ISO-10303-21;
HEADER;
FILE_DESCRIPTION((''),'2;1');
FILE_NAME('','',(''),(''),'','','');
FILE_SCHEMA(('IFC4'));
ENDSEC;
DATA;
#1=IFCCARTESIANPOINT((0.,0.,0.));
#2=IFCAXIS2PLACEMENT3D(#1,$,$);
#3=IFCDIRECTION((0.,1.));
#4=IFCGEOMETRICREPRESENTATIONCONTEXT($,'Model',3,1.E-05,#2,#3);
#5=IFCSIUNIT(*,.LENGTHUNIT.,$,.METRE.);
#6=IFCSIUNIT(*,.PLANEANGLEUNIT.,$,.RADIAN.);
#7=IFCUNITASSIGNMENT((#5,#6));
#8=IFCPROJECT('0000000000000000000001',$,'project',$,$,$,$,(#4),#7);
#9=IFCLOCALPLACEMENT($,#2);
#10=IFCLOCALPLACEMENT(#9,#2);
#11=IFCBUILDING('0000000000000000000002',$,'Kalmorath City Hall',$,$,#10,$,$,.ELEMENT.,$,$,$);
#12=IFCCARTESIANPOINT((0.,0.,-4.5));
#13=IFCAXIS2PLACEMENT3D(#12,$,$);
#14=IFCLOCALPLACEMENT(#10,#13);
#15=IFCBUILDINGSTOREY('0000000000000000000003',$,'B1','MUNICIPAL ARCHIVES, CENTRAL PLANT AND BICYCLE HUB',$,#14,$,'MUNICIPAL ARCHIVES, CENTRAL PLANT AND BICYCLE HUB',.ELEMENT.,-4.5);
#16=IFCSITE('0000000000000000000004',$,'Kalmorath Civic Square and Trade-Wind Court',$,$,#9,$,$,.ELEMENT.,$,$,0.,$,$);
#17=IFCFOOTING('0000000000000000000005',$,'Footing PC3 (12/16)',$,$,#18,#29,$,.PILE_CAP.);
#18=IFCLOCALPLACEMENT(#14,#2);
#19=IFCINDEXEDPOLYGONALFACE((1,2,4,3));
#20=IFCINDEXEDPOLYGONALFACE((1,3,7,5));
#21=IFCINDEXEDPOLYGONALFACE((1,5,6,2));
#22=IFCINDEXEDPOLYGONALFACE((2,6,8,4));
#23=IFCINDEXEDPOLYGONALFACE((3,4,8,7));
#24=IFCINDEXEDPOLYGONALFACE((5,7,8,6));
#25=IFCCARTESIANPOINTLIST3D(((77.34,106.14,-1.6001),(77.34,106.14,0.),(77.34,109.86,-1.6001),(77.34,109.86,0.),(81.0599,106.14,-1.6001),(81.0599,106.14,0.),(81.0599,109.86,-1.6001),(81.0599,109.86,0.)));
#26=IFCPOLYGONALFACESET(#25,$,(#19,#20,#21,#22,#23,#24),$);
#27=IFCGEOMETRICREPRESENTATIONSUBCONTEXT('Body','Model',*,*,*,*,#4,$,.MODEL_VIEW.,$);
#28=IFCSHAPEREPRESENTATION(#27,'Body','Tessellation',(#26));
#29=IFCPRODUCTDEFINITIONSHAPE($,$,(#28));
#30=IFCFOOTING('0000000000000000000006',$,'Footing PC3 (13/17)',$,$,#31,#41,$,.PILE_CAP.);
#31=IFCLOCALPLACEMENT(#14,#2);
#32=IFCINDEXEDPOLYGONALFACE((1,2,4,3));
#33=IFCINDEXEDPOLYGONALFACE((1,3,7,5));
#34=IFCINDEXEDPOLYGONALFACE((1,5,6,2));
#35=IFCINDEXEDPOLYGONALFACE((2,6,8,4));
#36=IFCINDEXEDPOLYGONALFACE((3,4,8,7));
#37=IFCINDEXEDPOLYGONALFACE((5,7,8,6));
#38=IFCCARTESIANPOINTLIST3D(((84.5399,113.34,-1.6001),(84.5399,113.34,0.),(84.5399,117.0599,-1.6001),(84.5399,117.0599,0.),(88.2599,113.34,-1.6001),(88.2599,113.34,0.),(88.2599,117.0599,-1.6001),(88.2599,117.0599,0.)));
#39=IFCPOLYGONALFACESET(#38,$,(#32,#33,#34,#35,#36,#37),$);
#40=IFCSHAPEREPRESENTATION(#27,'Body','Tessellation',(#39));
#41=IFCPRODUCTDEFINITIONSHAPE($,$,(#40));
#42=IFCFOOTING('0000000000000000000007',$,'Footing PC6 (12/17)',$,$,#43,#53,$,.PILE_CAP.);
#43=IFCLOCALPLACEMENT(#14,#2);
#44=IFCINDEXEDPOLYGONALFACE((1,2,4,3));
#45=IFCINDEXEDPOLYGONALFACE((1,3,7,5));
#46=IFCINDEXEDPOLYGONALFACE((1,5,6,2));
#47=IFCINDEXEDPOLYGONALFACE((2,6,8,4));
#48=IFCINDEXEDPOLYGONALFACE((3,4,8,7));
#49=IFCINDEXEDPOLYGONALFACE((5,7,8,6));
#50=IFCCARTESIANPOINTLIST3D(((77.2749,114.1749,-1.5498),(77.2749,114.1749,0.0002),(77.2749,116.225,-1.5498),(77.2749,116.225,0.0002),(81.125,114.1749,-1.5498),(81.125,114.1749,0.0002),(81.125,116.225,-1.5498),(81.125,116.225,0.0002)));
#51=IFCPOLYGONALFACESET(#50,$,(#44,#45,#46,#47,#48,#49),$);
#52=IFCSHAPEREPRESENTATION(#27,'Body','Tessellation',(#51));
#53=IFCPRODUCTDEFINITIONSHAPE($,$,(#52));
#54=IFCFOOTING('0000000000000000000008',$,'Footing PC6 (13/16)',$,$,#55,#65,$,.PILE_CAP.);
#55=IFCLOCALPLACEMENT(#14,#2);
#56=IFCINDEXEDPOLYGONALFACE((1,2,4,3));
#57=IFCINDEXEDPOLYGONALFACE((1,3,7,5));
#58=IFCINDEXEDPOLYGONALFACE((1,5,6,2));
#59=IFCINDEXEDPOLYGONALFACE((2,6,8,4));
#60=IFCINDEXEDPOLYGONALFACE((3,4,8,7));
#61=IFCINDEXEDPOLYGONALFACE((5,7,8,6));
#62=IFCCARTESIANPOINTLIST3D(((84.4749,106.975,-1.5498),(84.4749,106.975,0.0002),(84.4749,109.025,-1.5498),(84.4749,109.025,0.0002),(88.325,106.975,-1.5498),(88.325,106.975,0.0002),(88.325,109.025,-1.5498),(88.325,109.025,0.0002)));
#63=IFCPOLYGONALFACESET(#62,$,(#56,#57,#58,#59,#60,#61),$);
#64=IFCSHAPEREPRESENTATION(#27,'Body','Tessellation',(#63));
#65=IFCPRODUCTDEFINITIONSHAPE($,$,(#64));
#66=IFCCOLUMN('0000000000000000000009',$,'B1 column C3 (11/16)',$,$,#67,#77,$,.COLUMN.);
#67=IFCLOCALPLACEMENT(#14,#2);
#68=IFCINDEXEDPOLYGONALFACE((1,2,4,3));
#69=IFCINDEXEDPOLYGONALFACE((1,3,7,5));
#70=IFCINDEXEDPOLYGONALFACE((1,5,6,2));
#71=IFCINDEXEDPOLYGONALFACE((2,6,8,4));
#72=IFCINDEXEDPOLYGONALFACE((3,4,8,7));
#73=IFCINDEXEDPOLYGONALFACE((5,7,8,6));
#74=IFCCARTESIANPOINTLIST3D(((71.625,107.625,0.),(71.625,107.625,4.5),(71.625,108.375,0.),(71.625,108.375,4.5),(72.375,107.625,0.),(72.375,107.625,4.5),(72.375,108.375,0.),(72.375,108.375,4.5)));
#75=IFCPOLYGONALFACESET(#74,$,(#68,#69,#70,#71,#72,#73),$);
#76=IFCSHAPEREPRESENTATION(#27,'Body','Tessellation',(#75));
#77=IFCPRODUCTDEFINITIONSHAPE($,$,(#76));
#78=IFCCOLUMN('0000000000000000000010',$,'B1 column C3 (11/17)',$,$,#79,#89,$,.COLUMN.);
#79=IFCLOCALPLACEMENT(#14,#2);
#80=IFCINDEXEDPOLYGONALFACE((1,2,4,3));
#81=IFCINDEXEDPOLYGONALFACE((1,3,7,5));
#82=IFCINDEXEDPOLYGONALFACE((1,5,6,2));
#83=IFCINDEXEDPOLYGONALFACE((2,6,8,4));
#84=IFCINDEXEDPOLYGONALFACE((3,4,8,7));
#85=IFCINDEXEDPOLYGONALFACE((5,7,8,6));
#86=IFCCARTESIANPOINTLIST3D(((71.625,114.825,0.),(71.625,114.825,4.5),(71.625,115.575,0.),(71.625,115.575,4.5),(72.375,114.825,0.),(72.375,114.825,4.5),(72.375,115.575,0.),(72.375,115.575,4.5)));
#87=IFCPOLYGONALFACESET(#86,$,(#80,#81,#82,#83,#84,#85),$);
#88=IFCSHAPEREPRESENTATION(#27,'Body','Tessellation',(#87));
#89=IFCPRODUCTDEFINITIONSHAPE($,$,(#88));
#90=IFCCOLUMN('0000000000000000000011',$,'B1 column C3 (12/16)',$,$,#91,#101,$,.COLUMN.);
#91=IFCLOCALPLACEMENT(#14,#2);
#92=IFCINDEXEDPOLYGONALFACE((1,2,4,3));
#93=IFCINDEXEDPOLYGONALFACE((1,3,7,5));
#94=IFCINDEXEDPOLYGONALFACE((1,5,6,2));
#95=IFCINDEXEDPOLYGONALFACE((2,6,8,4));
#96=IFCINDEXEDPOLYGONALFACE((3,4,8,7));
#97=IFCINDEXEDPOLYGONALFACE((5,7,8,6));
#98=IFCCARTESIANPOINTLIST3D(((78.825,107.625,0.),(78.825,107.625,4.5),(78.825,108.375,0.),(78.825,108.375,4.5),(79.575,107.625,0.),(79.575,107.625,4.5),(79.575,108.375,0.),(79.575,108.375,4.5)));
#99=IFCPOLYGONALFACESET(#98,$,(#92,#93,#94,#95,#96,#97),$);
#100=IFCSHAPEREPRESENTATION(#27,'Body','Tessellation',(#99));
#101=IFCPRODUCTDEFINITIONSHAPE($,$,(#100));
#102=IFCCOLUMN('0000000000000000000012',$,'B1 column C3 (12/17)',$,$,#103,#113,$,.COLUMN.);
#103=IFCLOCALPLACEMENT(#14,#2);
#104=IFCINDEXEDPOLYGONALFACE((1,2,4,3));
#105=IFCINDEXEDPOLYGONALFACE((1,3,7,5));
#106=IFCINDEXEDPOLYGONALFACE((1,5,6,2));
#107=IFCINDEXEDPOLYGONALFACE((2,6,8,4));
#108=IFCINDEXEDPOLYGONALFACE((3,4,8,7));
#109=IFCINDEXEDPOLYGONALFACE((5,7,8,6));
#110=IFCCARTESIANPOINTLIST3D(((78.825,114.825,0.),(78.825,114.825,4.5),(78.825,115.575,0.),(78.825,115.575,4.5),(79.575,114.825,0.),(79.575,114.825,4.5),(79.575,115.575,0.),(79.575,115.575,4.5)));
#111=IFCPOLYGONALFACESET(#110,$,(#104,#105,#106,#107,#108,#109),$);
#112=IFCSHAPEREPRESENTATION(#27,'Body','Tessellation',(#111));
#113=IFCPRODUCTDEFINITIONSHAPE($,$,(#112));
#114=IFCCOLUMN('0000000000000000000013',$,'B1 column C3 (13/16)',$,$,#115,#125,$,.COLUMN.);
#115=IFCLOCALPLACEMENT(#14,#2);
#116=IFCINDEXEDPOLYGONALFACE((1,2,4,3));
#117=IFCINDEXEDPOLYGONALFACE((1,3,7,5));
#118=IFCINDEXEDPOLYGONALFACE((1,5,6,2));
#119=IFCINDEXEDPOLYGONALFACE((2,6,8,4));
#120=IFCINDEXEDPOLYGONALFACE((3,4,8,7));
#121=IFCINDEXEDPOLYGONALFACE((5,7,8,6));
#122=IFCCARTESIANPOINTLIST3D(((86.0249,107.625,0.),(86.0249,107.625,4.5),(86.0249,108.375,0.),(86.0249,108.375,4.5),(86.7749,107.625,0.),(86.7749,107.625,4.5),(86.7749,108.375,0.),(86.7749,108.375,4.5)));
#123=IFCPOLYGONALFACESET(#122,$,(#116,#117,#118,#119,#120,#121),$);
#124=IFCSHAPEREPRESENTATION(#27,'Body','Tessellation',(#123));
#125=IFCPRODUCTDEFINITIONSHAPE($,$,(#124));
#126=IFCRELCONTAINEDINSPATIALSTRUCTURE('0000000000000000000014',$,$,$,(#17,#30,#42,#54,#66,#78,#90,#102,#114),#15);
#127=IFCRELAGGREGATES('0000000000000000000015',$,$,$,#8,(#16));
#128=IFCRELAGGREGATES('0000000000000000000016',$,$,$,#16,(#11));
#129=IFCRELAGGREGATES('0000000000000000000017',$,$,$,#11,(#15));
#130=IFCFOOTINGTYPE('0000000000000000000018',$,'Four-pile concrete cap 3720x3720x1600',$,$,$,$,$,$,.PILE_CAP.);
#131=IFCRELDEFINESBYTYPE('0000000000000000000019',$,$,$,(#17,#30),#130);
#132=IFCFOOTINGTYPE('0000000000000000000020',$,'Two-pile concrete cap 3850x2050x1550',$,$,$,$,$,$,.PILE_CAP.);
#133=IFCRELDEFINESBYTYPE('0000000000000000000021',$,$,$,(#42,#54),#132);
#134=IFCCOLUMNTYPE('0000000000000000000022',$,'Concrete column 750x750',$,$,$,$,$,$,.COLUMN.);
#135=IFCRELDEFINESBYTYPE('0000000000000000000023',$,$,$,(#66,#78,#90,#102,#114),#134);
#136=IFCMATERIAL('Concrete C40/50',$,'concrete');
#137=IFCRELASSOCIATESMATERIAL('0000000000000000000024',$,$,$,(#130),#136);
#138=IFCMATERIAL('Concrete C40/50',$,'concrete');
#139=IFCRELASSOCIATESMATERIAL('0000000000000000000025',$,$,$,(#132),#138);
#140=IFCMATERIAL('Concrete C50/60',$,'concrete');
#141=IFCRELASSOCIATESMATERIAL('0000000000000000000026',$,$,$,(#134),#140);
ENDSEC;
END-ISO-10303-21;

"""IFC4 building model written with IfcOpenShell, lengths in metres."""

from ifc_helpers import new_model, si_unit, direction, frame, origin, origin_2d, place, context, subcontext, project, spatial, rectangle, extrude, material, material_profile, profile_set, type_object, element, save


model = new_model("IFC4")

# Units and contexts
model_context = context("Model", 3, precision=1e-05, world=origin(), true_north=direction((0.0, 1.0)))
body_context = subcontext(model_context, "Body", "Model", "MODEL_VIEW")
ifc_project = project(units=[si_unit("LENGTHUNIT", "METRE"), si_unit("PLANEANGLEUNIT", "RADIAN")], contexts=[model_context])

# Site, building, storey
site_placement = place(None, origin())
site = spatial("IfcSite", under=ifc_project, at=site_placement, Name="Kalmorath Civic Square and Trade-Wind Court", CompositionType="ELEMENT", RefElevation=0.0)
building_placement = place(site_placement, origin())
building = spatial("IfcBuilding", under=site, at=building_placement, Name="Kalmorath City Hall", CompositionType="ELEMENT")
storey_placement = place(building_placement, frame((0.0, 0.0, -4.5)))
storey = spatial("IfcBuildingStorey", under=building, at=storey_placement, Name="B1", Description="MUNICIPAL ARCHIVES, CENTRAL PLANT AND BICYCLE HUB", LongName="MUNICIPAL ARCHIVES, CENTRAL PLANT AND BICYCLE HUB", CompositionType="ELEMENT", Elevation=-4.5)

# Footings
ifc_material_1 = material(Name="Concrete C40/50", Category="concrete")
footing_type_1 = type_object("IfcFootingType", Name="Four-pile concrete cap 3720x3720x1600", PredefinedType="PILE_CAP", material=ifc_material_1)
for number, where, z_axis, x_axis, name in (
    (1, (79.2, 108.0, -1.6001), (0.0, 0.0, 1.0), (1.0, 0.0, 0.0), "Footing PC3 (12/16)"),
    (2, (86.3999, 115.2, -1.6001), (0.0, 0.0, 1.0), (1.0, 0.0, 0.0), "Footing PC3 (13/17)"),
):
    element("IfcFooting", number, at=place(storey_placement, frame(where, z_axis=z_axis, x_axis=x_axis)), inside=storey, type_object=footing_type_1, Name=name, PredefinedType="PILE_CAP", context=body_context, shape_type="SweptSolid", body=[
        extrude(rectangle(XDim=3.72, YDim=3.72, at=origin_2d()), origin(), (0.0, 0.0, 1.0), 1.6001),
    ])
ifc_material_2 = material(Name="Concrete C40/50", Category="concrete")
footing_type_2 = type_object("IfcFootingType", Name="Two-pile concrete cap 3850x2050x1550", PredefinedType="PILE_CAP", material=ifc_material_2)
for number, where, z_axis, x_axis, name in (
    (3, (79.2, 115.2, -1.5498), (0.0, 0.0, 1.0), (1.0, 0.0, 0.0), "Footing PC6 (12/17)"),
    (4, (86.3999, 108.0, -1.5498), (0.0, 0.0, 1.0), (1.0, 0.0, 0.0), "Footing PC6 (13/16)"),
):
    element("IfcFooting", number, at=place(storey_placement, frame(where, z_axis=z_axis, x_axis=x_axis)), inside=storey, type_object=footing_type_2, Name=name, PredefinedType="PILE_CAP", context=body_context, shape_type="SweptSolid", body=[
        extrude(rectangle(XDim=3.8501, YDim=2.05, at=origin_2d()), origin(), (0.0, 0.0, 1.0), 1.55),
    ])

# Columns
ifc_material_3 = material(Name="Concrete C50/60", Category="concrete")
ifc_material_profile_1 = material_profile(ifc_material_3, rectangle(XDim=0.75, YDim=0.75, at=origin_2d()), Name="RC-COL-750X750")
ifc_profile_set_1 = profile_set([ifc_material_profile_1], Name="Concrete C50/60")
column_type = type_object("IfcColumnType", Name="Concrete column 750x750", PredefinedType="COLUMN", material=ifc_profile_set_1)
for number, where, z_axis, x_axis, name in (
    (5, (72.0, 108.0, 0.0), (0.0, 0.0, 1.0), (1.0, 0.0, 0.0), "B1 column C3 (11/16)"),
    (6, (72.0, 115.2, 0.0), (0.0, 0.0, 1.0), (1.0, 0.0, 0.0), "B1 column C3 (11/17)"),
    (7, (79.2, 108.0, 0.0), (0.0, 0.0, 1.0), (1.0, 0.0, 0.0), "B1 column C3 (12/16)"),
    (8, (79.2, 115.2, 0.0), (0.0, 0.0, 1.0), (1.0, 0.0, 0.0), "B1 column C3 (12/17)"),
    (9, (86.3999, 108.0, 0.0), (0.0, 0.0, 1.0), (1.0, 0.0, 0.0), "B1 column C3 (13/16)"),
):
    element("IfcColumn", number, at=place(storey_placement, frame(where, z_axis=z_axis, x_axis=x_axis)), inside=storey, type_object=column_type, Name=name, PredefinedType="COLUMN", context=body_context, shape_type="SweptSolid", body=[
        extrude(rectangle(XDim=0.75, YDim=0.75, at=origin_2d()), origin(), (0.0, 0.0, 1.0), 4.5),
    ])

save(model, "model.ifc")
